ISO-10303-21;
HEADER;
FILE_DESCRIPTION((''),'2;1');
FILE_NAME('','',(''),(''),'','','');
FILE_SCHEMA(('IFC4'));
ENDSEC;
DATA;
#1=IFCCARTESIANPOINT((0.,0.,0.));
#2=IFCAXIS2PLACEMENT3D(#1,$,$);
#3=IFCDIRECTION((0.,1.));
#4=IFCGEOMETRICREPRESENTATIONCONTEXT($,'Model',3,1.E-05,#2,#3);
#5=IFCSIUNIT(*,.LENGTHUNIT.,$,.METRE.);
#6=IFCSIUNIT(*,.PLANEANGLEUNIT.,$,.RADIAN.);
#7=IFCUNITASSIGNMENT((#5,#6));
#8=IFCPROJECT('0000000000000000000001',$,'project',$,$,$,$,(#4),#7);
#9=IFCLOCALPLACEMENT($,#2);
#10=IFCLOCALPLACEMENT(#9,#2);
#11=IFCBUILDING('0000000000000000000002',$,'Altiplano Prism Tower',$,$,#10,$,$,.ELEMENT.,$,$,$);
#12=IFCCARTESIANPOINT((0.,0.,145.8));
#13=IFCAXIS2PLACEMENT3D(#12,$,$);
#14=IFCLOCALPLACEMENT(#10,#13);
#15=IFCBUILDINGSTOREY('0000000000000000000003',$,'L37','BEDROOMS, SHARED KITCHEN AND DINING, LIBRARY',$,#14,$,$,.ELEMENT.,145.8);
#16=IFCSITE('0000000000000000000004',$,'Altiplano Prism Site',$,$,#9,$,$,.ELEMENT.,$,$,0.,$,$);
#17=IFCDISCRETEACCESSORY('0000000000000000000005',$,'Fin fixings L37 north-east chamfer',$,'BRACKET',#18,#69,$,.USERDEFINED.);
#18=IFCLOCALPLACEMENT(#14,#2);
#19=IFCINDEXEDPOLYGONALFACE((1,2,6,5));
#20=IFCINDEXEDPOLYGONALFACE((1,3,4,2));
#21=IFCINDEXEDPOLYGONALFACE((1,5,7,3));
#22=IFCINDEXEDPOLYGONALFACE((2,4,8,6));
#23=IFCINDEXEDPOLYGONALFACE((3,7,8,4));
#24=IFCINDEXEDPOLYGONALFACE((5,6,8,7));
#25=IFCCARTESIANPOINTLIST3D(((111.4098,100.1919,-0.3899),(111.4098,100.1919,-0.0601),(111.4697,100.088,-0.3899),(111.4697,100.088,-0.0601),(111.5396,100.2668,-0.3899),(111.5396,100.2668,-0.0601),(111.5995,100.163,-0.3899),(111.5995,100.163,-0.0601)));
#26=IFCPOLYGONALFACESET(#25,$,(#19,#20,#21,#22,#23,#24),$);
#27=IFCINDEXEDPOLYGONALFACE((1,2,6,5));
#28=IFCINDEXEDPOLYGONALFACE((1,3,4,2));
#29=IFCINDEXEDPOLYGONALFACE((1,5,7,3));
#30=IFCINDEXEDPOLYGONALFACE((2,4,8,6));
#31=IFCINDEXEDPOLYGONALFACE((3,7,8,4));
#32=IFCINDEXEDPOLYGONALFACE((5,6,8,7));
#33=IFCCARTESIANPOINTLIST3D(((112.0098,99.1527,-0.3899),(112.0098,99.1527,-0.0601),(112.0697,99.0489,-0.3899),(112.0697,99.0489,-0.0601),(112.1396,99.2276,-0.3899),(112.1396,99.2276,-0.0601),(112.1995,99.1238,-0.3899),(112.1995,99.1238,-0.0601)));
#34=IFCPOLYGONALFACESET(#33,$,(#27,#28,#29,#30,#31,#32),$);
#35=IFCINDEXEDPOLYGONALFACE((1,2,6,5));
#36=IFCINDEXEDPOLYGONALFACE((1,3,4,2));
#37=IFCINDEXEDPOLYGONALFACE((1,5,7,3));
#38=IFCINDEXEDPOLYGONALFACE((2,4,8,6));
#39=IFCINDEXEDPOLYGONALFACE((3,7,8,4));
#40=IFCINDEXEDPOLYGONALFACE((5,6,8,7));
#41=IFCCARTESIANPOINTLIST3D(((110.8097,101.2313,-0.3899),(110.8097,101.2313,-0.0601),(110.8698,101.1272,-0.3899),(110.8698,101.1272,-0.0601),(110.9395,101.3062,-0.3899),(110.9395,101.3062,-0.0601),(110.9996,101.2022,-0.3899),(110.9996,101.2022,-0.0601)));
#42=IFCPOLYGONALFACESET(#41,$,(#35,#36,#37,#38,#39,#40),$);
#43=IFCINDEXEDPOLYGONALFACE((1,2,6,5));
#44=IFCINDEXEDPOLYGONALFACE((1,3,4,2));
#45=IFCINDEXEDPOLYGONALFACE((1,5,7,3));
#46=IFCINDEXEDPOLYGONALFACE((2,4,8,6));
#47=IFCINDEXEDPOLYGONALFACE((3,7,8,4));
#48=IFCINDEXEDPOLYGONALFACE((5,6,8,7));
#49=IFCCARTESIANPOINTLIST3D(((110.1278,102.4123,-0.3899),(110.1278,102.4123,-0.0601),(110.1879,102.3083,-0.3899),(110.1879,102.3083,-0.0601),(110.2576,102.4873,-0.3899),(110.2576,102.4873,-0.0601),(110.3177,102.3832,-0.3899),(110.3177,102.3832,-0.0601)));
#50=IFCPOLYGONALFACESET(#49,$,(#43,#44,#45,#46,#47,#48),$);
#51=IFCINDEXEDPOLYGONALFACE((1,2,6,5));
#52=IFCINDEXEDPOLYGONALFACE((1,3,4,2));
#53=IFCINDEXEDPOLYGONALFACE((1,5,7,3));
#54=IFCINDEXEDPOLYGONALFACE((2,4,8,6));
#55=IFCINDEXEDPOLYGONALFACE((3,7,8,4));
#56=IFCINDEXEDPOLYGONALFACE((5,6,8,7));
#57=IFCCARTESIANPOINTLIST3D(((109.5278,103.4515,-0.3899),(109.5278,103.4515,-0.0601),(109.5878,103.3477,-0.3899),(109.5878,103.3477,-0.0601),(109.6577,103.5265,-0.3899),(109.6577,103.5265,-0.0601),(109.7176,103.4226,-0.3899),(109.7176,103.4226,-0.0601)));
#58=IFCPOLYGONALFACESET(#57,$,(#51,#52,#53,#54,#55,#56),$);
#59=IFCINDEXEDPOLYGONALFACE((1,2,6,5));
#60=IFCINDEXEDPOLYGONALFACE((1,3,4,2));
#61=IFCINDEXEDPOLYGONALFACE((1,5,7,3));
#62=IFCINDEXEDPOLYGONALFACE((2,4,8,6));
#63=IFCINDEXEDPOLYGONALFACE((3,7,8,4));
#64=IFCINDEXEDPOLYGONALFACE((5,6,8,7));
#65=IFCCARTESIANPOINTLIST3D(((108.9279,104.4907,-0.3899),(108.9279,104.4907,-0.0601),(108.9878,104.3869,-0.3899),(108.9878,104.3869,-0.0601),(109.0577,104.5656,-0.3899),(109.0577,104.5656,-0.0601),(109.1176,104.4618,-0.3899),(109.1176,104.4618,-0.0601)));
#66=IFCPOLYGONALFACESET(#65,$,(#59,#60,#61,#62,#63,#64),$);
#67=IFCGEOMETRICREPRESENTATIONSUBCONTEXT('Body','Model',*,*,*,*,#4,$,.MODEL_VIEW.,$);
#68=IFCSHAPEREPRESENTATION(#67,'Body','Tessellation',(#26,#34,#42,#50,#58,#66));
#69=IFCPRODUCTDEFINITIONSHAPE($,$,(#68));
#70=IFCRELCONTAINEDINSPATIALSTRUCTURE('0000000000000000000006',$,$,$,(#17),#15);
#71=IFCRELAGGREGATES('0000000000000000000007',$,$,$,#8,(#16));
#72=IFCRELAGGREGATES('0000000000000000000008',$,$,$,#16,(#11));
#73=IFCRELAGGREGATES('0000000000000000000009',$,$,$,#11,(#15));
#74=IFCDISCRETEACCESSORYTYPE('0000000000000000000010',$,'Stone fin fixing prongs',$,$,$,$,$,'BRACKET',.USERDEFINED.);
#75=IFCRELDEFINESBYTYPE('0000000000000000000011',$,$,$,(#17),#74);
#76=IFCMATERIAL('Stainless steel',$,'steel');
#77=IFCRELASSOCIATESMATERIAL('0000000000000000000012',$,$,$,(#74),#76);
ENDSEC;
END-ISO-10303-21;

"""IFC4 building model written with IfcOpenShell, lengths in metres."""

from ifc_helpers import new_model, si_unit, direction, frame, origin, place, context, subcontext, project, spatial, polyline, outline, extrude, source, transform, mapped, material, type_object, element, save


model = new_model("IFC4")

# Units and contexts
model_context = context("Model", 3, precision=1e-05, world=origin(), true_north=direction((0.0, 1.0)))
body_context = subcontext(model_context, "Body", "Model", "MODEL_VIEW")
ifc_project = project(units=[si_unit("LENGTHUNIT", "METRE"), si_unit("PLANEANGLEUNIT", "RADIAN")], contexts=[model_context])

# Site, building, storey
site_placement = place(None, origin())
site = spatial("IfcSite", under=ifc_project, at=site_placement, Name="Altiplano Prism Site", CompositionType="ELEMENT", RefElevation=0.0)
building_placement = place(site_placement, origin())
building = spatial("IfcBuilding", under=site, at=building_placement, Name="Altiplano Prism Tower", CompositionType="ELEMENT")
storey_placement = place(building_placement, frame((0.0, 0.0, 145.8)))
storey = spatial("IfcBuildingStorey", under=building, at=storey_placement, Name="L37", Description="BEDROOMS, SHARED KITCHEN AND DINING, LIBRARY", CompositionType="ELEMENT", Elevation=145.8)

# Discrete accessory
ifc_material_1 = material(Name="Stainless steel", Category="steel")
discrete_accessory_type = type_object("IfcDiscreteAccessoryType", Name="Stone fin fixing prongs", ElementType="BRACKET", PredefinedType="USERDEFINED", material=ifc_material_1)
shared_shape_1 = source(origin(), body_context, "Body", "SweptSolid", [
    extrude(outline(polyline([(-1.9419, 0.0601), (-1.822, 0.0601), (-1.822, 0.3899), (-1.9419, 0.3899), (-1.9419, 0.0601)])), frame((0.0, 0.0, 0.0), z_axis=(0.0, -1.0, 0.0), x_axis=(1.0, 0.0, 0.0)), (0.0, 0.0, 1.0), 0.1499),
    extrude(outline(polyline([(-3.1418, 0.0601), (-3.022, 0.0601), (-3.022, 0.3899), (-3.1418, 0.3899), (-3.1418, 0.0601)])), frame((0.0, 0.0, 0.0), z_axis=(0.0, -1.0, 0.0), x_axis=(1.0, 0.0, 0.0)), (0.0, 0.0, 1.0), 0.1499),
    extrude(outline(polyline([(-0.7419, 0.0601), (-0.6218, 0.0601), (-0.6218, 0.3899), (-0.7419, 0.3899), (-0.7419, 0.0601)])), frame((0.0, 0.0, 0.0), z_axis=(0.0, -1.0, 0.0), x_axis=(1.0, 0.0, 0.0)), (0.0, 0.0, 1.0), 0.1499),
    extrude(outline(polyline([(0.6218, 0.0601), (0.7419, 0.0601), (0.7419, 0.3899), (0.6218, 0.3899), (0.6218, 0.0601)])), frame((0.0, 0.0, 0.0), z_axis=(0.0, -1.0, 0.0), x_axis=(1.0, 0.0, 0.0)), (0.0, 0.0, 1.0), 0.1499),
    extrude(outline(polyline([(1.822, 0.0601), (1.9419, 0.0601), (1.9419, 0.3899), (1.822, 0.3899), (1.822, 0.0601)])), frame((0.0, 0.0, 0.0), z_axis=(0.0, -1.0, 0.0), x_axis=(1.0, 0.0, 0.0)), (0.0, 0.0, 1.0), 0.1499),
    extrude(outline(polyline([(3.022, 0.0601), (3.1418, 0.0601), (3.1418, 0.3899), (3.022, 0.3899), (3.022, 0.0601)])), frame((0.0, 0.0, 0.0), z_axis=(0.0, -1.0, 0.0), x_axis=(1.0, 0.0, 0.0)), (0.0, 0.0, 1.0), 0.1499),
])
discrete_accessory_1_placement = place(storey_placement, origin())
element("IfcDiscreteAccessory", 1, at=discrete_accessory_1_placement, inside=storey, type_object=discrete_accessory_type, Name="Fin fixings L37 north-east chamfer", ObjectType="BRACKET", PredefinedType="USERDEFINED", context=body_context, shape_type="MappedRepresentation", body=[
    mapped(shared_shape_1, transform((110.4988, 101.7698, -0.45), x_axis=(-0.5, 0.866025, 0.0), y_axis=(-0.866025, -0.5, 0.0), z_axis=(0.0, 0.0, 1.0))),
])

save(model, "model.ifc")
